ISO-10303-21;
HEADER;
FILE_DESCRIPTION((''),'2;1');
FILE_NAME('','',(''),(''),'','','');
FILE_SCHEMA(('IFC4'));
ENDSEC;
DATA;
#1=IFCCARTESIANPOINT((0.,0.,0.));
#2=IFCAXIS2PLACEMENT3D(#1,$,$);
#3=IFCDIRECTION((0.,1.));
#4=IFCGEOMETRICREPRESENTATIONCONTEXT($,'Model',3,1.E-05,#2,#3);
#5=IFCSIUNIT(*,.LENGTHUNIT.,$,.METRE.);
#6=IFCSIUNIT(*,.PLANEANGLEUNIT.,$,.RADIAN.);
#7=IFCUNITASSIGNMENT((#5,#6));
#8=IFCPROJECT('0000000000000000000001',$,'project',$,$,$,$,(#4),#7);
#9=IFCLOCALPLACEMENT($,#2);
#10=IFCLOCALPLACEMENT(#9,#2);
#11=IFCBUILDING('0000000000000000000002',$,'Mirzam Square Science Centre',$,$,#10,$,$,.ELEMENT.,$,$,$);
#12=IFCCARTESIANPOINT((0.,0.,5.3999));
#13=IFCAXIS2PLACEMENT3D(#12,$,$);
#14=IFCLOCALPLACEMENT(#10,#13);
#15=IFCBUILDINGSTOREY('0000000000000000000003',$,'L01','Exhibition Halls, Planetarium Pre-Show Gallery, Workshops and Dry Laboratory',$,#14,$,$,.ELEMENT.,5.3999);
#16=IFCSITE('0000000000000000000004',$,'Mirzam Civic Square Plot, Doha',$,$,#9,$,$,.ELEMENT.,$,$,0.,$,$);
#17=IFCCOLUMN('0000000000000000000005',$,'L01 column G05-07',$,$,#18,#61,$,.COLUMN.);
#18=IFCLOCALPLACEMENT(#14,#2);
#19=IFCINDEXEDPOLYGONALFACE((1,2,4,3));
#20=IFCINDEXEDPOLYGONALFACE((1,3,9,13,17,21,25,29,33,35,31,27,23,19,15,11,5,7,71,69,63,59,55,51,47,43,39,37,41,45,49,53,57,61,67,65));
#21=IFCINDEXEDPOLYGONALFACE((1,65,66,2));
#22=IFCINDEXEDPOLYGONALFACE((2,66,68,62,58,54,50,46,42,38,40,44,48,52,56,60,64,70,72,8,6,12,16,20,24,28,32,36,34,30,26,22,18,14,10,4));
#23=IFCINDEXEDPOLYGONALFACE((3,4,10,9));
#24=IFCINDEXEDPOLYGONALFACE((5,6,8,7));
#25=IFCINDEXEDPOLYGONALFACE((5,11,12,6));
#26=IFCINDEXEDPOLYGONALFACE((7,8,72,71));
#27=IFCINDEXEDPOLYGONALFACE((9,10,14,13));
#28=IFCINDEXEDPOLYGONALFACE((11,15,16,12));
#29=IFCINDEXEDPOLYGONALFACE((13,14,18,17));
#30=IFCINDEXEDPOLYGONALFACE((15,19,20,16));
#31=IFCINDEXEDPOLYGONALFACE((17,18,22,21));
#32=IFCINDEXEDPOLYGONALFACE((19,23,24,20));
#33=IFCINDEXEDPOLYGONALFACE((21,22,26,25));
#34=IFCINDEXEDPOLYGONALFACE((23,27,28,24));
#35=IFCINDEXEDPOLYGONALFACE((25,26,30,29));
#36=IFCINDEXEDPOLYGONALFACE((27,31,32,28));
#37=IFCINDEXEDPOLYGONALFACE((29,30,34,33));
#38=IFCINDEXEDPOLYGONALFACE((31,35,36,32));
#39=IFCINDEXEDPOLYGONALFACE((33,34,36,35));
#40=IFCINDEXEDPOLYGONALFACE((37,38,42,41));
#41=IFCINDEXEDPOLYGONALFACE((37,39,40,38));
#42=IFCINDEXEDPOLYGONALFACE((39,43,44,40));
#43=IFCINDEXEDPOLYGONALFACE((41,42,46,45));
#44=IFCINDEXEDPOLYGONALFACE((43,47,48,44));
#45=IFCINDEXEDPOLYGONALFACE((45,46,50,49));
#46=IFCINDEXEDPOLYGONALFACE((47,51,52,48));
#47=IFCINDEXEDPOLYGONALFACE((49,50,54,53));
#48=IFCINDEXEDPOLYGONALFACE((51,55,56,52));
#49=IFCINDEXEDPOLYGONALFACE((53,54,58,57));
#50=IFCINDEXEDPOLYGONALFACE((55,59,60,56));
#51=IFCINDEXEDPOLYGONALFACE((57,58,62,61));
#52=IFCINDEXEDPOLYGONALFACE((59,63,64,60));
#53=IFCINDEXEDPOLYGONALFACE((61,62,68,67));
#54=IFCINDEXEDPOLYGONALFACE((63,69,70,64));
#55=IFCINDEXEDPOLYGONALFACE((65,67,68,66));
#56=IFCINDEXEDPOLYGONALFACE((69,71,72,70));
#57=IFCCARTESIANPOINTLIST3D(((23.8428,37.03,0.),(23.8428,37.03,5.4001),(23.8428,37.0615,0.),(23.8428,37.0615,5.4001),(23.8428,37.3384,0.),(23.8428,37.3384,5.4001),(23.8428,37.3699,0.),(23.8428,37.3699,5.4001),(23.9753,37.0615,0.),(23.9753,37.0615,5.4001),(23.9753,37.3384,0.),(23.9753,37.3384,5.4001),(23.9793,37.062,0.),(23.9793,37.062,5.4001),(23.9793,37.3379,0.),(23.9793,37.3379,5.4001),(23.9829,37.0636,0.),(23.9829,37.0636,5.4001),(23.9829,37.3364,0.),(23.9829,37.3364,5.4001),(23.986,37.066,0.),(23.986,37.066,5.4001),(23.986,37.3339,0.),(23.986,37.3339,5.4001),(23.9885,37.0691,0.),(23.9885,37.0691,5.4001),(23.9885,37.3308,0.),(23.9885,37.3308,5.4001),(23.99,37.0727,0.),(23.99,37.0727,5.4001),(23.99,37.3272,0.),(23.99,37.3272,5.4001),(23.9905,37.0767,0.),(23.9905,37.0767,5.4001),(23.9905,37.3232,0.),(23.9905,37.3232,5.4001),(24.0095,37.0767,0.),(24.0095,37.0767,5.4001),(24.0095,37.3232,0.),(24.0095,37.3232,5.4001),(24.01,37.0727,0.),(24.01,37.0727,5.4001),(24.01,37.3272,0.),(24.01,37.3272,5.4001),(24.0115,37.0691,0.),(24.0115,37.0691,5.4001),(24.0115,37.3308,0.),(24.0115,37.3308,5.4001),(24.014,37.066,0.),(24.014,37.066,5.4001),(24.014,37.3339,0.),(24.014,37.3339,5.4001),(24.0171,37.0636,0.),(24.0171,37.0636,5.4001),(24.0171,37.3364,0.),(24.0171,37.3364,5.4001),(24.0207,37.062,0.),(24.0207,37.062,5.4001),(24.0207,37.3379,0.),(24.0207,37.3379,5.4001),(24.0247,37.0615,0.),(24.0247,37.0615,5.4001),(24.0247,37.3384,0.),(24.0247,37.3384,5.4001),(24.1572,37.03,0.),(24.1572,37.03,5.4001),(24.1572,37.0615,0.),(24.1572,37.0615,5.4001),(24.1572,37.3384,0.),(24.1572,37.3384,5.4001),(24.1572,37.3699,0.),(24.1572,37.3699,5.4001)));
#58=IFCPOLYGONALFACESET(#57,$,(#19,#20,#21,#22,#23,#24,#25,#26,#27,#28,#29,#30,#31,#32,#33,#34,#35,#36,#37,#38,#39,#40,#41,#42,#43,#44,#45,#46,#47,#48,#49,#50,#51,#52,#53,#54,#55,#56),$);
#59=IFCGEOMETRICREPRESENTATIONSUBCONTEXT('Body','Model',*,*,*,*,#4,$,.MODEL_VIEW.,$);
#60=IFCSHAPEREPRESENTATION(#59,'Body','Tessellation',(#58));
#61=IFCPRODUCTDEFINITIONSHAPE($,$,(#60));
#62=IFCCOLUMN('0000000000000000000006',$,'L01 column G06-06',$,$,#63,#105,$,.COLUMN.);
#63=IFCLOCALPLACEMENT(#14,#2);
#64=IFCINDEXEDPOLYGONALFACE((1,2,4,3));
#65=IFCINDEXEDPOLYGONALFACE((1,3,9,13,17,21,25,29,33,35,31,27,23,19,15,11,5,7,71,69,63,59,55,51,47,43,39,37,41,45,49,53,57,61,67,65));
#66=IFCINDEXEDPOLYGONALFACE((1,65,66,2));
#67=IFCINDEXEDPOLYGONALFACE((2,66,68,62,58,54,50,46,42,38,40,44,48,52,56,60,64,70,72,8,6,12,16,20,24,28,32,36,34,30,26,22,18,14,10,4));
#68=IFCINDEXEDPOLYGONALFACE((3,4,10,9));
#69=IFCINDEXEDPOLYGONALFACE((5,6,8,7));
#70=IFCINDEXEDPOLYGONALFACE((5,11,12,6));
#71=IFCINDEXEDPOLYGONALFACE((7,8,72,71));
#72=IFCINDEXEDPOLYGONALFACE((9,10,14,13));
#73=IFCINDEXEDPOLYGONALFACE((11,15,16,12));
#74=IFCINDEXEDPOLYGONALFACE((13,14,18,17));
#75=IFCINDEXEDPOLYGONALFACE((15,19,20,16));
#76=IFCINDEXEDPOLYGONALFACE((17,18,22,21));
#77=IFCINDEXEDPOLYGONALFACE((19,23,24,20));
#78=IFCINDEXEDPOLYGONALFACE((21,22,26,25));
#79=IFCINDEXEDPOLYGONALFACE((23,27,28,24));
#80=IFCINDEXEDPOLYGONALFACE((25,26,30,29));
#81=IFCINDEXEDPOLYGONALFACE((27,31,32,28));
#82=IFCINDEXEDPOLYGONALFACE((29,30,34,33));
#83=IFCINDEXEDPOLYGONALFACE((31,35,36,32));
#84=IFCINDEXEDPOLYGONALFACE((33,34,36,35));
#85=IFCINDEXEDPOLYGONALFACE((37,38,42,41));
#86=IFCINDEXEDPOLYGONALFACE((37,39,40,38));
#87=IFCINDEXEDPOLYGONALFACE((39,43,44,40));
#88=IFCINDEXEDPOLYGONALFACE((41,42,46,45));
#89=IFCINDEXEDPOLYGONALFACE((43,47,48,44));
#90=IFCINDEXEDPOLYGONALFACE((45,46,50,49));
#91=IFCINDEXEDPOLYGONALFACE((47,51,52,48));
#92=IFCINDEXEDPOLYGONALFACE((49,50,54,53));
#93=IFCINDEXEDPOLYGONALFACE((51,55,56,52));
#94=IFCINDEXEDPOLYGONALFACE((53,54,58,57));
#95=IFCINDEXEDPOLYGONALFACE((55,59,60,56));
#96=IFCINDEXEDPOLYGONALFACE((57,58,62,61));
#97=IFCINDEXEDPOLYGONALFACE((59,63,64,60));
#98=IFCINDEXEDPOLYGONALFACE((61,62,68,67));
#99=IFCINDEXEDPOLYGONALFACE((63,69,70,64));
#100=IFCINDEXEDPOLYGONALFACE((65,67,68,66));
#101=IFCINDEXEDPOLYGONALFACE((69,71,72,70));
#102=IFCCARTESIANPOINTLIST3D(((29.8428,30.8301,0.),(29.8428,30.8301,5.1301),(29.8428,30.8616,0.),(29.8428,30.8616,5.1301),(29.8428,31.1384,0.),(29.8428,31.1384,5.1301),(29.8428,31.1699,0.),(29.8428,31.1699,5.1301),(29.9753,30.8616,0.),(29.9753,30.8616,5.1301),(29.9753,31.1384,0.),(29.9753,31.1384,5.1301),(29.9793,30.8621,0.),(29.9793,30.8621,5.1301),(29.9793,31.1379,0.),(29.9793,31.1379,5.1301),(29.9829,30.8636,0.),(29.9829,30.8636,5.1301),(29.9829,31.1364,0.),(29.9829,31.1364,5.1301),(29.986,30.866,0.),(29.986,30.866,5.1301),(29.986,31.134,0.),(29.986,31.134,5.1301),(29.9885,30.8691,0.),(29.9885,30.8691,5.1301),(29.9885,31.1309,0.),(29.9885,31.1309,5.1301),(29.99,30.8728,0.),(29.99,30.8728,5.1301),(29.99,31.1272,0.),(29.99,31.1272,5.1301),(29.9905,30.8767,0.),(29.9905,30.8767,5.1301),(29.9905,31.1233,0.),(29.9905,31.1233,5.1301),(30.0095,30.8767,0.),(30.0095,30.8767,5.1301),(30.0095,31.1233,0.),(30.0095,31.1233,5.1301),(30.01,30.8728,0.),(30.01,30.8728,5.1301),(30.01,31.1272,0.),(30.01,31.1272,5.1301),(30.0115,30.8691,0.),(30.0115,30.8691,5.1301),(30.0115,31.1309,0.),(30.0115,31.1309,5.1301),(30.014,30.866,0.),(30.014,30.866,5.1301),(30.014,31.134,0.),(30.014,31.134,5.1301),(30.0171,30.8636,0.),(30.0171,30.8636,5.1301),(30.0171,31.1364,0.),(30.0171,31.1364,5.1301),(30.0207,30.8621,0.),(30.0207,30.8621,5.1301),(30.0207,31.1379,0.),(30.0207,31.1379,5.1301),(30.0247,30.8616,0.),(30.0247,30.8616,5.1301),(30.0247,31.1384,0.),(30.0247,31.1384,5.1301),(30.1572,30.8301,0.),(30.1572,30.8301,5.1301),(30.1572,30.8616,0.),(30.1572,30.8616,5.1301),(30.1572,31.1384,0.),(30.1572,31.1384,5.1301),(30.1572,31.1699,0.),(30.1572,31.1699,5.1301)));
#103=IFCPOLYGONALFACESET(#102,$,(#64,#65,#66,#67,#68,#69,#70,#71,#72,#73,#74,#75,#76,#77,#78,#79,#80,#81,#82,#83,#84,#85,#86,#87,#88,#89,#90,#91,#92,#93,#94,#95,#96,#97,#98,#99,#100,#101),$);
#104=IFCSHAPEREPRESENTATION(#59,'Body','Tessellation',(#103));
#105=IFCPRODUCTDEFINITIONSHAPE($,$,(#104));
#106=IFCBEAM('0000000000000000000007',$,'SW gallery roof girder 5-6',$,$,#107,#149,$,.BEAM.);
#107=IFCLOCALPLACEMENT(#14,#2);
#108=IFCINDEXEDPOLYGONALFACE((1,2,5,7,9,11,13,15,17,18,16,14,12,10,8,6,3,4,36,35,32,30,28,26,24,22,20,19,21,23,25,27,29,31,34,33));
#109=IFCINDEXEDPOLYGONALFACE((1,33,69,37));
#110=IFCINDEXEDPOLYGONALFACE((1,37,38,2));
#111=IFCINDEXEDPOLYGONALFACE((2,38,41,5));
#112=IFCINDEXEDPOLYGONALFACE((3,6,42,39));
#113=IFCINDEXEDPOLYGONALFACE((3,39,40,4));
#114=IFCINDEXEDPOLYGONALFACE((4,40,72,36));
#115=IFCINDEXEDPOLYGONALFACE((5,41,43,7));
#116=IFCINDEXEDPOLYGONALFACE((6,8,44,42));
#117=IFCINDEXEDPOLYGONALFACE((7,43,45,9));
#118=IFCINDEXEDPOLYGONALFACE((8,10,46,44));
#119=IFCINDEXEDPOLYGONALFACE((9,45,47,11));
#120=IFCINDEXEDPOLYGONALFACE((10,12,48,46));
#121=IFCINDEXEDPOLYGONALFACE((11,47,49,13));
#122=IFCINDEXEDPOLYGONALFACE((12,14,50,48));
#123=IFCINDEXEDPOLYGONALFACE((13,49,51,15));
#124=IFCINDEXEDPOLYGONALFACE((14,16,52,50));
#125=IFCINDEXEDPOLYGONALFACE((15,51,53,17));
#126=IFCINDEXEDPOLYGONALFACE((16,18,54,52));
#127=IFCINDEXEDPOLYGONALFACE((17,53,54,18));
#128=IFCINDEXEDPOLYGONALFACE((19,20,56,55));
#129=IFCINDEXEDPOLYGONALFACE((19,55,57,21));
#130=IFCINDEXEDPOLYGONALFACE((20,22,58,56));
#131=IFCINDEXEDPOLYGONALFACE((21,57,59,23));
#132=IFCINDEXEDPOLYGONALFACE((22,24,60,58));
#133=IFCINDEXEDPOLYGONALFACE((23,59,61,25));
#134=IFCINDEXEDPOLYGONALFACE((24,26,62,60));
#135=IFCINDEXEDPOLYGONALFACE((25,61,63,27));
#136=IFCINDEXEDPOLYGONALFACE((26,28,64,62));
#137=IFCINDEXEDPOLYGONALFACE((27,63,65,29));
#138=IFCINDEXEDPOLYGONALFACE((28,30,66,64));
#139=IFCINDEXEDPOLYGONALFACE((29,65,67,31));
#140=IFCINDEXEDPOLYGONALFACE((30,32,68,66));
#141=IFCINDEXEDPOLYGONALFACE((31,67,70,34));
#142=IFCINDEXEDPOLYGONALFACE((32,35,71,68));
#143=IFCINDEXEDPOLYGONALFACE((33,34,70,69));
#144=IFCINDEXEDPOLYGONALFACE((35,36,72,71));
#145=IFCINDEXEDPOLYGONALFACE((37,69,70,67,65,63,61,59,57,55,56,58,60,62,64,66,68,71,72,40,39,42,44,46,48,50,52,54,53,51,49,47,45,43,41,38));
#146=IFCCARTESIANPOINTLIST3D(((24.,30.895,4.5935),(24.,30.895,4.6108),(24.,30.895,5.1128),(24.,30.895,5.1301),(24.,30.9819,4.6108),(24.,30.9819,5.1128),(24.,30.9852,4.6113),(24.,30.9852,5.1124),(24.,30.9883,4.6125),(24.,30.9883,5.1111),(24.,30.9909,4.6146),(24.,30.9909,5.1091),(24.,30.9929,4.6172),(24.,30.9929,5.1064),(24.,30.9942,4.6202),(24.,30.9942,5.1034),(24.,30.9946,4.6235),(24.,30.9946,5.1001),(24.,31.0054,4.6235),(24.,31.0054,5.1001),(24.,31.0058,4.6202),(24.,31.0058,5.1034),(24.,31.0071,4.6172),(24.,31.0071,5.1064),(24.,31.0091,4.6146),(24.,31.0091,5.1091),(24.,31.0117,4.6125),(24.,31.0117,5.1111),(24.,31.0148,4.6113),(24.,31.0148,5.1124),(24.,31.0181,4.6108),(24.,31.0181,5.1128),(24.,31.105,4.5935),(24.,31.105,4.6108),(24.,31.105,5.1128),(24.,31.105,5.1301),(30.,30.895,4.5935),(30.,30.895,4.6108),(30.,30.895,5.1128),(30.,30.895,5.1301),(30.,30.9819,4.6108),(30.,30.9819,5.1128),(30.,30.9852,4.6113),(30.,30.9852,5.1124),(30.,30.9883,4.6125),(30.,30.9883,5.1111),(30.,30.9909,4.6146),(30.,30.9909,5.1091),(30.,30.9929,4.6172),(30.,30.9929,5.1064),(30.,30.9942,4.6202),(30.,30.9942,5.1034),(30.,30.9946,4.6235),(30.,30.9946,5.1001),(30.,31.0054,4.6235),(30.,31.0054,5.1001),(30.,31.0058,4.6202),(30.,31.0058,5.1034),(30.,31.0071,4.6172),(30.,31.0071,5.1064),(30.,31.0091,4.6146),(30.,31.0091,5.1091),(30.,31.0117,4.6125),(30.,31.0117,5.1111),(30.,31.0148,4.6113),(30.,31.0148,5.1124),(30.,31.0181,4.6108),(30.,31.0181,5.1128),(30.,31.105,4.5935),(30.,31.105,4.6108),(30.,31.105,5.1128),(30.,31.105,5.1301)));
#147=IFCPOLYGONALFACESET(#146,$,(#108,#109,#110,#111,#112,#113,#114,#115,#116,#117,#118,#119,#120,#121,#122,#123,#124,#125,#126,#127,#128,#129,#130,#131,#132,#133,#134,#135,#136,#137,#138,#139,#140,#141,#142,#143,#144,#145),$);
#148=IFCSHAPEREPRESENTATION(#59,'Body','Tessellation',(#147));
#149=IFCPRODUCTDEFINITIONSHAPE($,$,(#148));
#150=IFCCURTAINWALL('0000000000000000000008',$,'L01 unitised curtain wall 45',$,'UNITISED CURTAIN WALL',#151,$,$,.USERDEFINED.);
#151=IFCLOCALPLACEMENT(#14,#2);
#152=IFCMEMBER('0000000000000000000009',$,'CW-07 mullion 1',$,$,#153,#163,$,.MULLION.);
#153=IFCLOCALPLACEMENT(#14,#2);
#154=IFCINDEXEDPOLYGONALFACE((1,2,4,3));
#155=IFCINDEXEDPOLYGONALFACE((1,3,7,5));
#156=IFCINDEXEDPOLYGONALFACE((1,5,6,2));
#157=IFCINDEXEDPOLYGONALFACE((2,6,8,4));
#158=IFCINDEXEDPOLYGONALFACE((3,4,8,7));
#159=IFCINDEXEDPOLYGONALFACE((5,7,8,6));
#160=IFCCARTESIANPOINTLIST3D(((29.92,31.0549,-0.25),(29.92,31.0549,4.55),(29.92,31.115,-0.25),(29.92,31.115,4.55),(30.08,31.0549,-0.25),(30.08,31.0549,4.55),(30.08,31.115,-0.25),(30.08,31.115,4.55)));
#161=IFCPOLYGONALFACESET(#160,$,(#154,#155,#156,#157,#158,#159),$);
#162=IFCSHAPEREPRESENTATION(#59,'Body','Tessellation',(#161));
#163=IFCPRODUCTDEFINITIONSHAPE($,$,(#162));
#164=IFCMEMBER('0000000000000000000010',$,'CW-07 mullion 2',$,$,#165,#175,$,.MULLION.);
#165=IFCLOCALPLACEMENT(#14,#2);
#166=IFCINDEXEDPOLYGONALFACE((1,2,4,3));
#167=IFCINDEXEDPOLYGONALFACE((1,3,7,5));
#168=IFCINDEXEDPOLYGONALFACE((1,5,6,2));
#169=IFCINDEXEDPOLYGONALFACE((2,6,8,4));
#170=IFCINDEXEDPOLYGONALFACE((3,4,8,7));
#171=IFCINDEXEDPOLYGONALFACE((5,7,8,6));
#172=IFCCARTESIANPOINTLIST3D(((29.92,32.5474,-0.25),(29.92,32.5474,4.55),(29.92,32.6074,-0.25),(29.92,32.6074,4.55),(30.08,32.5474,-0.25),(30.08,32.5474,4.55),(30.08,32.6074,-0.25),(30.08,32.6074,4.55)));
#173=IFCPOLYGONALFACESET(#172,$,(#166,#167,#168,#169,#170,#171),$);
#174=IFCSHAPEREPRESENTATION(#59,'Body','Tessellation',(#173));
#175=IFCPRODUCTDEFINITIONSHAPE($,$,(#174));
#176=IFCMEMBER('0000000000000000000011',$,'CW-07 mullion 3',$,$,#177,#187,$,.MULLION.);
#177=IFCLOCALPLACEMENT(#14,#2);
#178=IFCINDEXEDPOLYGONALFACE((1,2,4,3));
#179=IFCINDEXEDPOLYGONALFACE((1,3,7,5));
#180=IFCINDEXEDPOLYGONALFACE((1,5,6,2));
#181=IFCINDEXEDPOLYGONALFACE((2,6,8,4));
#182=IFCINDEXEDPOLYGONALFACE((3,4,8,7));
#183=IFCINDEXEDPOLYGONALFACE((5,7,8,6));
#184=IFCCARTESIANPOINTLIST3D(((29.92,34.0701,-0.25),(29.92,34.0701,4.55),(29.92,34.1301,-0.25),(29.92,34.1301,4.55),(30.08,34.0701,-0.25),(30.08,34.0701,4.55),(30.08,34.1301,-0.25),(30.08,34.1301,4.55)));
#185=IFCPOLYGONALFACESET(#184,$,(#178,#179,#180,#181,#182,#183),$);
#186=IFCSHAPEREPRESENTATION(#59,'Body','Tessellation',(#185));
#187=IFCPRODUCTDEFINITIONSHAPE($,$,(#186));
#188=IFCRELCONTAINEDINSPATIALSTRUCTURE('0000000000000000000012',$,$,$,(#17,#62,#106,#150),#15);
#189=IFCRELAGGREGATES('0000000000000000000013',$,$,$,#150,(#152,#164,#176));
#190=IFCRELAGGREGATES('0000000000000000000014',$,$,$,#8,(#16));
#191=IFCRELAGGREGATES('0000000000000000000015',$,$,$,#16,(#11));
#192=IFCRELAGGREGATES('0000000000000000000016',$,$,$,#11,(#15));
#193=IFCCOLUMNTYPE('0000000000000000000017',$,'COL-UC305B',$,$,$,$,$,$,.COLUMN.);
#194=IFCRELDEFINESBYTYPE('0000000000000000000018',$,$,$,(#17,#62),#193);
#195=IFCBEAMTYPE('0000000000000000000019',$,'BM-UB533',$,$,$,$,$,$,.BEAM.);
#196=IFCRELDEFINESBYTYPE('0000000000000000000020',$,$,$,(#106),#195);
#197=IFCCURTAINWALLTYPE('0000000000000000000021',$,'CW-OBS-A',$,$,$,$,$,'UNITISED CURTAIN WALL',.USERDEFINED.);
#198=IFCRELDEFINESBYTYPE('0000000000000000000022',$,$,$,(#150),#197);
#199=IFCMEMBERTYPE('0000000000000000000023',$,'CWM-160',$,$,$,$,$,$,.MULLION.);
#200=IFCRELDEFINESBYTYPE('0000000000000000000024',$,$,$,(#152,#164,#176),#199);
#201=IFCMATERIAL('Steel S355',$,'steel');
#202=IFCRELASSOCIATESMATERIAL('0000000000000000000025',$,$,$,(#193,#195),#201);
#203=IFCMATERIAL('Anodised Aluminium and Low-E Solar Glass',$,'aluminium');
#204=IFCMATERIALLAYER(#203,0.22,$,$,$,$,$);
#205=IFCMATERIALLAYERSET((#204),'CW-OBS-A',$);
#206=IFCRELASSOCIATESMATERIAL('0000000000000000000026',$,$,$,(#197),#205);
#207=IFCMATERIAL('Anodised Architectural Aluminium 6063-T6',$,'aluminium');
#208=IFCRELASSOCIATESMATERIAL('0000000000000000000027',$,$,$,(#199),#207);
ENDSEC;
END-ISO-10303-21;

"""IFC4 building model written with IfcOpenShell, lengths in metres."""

from ifc_helpers import new_model, si_unit, direction, frame, origin, origin_2d, place, context, subcontext, project, spatial, rectangle, i_section, extrude, material, layer, layer_set, material_profile, profile_set, type_object, element, aggregate, save


model = new_model("IFC4")

# Units and contexts
model_context = context("Model", 3, precision=1e-05, world=origin(), true_north=direction((0.0, 1.0)))
body_context = subcontext(model_context, "Body", "Model", "MODEL_VIEW")
ifc_project = project(units=[si_unit("LENGTHUNIT", "METRE"), si_unit("PLANEANGLEUNIT", "RADIAN")], contexts=[model_context])

# Site, building, storey
site_placement = place(None, origin())
site = spatial("IfcSite", under=ifc_project, at=site_placement, Name="Mirzam Civic Square Plot, Doha", CompositionType="ELEMENT", RefElevation=0.0)
building_placement = place(site_placement, origin())
building = spatial("IfcBuilding", under=site, at=building_placement, Name="Mirzam Square Science Centre", CompositionType="ELEMENT")
storey_placement = place(building_placement, frame((0.0, 0.0, 5.3999)))
storey = spatial("IfcBuildingStorey", under=building, at=storey_placement, Name="L01", Description="Exhibition Halls, Planetarium Pre-Show Gallery, Workshops and Dry Laboratory", CompositionType="ELEMENT", Elevation=5.3999)

# Columns
ifc_material_1 = material(Name="Steel S355", Category="steel")
ifc_material_profile_1 = material_profile(ifc_material_1, i_section(OverallWidth=0.3145, OverallDepth=0.3398, WebThickness=0.019, FlangeThickness=0.0315, FilletRadius=0.0151, at=origin_2d()), Name="305x305x198UC")
ifc_profile_set_1 = profile_set([ifc_material_profile_1], Name="Steel S355")
column_type = type_object("IfcColumnType", Name="COL-UC305B", PredefinedType="COLUMN", material=ifc_profile_set_1)
column_1_placement = place(storey_placement, frame((24.0, 37.2, 0.0), z_axis=(0.0, 0.0, 1.0), x_axis=(1.0, 0.0, 0.0)))
element("IfcColumn", 1, at=column_1_placement, inside=storey, type_object=column_type, Name="L01 column G05-07", PredefinedType="COLUMN", context=body_context, shape_type="SweptSolid", body=[
    extrude(i_section(OverallWidth=0.3145, OverallDepth=0.3398, WebThickness=0.019, FlangeThickness=0.0315, FilletRadius=0.0151, at=origin_2d()), origin(), (0.0, 0.0, 1.0), 5.4001),
])
column_2_placement = place(storey_placement, frame((30.0, 31.0, 0.0), z_axis=(0.0, 0.0, 1.0), x_axis=(1.0, 0.0, 0.0)))
element("IfcColumn", 2, at=column_2_placement, inside=storey, type_object=column_type, Name="L01 column G06-06", PredefinedType="COLUMN", context=body_context, shape_type="SweptSolid", body=[
    extrude(i_section(OverallWidth=0.3145, OverallDepth=0.3398, WebThickness=0.019, FlangeThickness=0.0315, FilletRadius=0.0151, at=origin_2d()), origin(), (0.0, 0.0, 1.0), 5.1301),
])

# Beam
ifc_material_profile_2 = material_profile(ifc_material_1, i_section(OverallWidth=0.21, OverallDepth=0.5366, WebThickness=0.0107, FlangeThickness=0.0173, FilletRadius=0.0127, at=origin_2d()), Name="533x210x101UB")
ifc_profile_set_2 = profile_set([ifc_material_profile_2], Name="Steel S355")
beam_type_1 = type_object("IfcBeamType", Name="BM-UB533", PredefinedType="BEAM", material=ifc_profile_set_2)
beam_1_placement = place(storey_placement, frame((24.0, 31.0, 4.8618), z_axis=(1.0, 0.0, 0.0), x_axis=(0.0, 1.0, 0.0)))
element("IfcBeam", 3, at=beam_1_placement, inside=storey, type_object=beam_type_1, Name="SW gallery roof girder 5-6", PredefinedType="BEAM", context=body_context, shape_type="SweptSolid", body=[
    extrude(i_section(OverallWidth=0.21, OverallDepth=0.5366, WebThickness=0.0107, FlangeThickness=0.0173, FilletRadius=0.0127, at=origin_2d()), origin(), (0.0, 0.0, 1.0), 6.0),
])

# Curtain wall, members
ifc_material_2 = material(Name="Anodised Aluminium and Low-E Solar Glass", Category="aluminium")
ifc_layer_1 = layer(ifc_material_2, 0.22)
ifc_layer_set_1 = layer_set([ifc_layer_1], Name="CW-OBS-A")
curtain_wall_type_1 = type_object("IfcCurtainWallType", Name="CW-OBS-A", ElementType="UNITISED CURTAIN WALL", PredefinedType="USERDEFINED", material=ifc_layer_set_1)
curtain_wall_1_placement = place(storey_placement, origin())
curtain_wall_1 = element("IfcCurtainWall", 4, at=curtain_wall_1_placement, inside=storey, type_object=curtain_wall_type_1, Name="L01 unitised curtain wall 45", ObjectType="UNITISED CURTAIN WALL", PredefinedType="USERDEFINED")
ifc_material_3 = material(Name="Anodised Architectural Aluminium 6063-T6", Category="aluminium")
ifc_material_profile_3 = material_profile(ifc_material_3, rectangle(XDim=0.0601, YDim=0.1599, at=origin_2d()), Name="ALU-MULL-160x60x4")
ifc_profile_set_3 = profile_set([ifc_material_profile_3], Name="Anodised Architectural Aluminium 6063-T6")
member_type_1 = type_object("IfcMemberType", Name="CWM-160", PredefinedType="MULLION", material=ifc_profile_set_3)
member_1_placement = place(storey_placement, frame((30.0, 31.085, -0.25), z_axis=(0.0, 0.0, 1.0), x_axis=(0.0, 1.0, 0.0)))
member_1 = element("IfcMember", 5, at=member_1_placement, type_object=member_type_1, Name="CW-07 mullion 1", PredefinedType="MULLION", context=body_context, shape_type="SweptSolid", body=[
    extrude(rectangle(XDim=0.0601, YDim=0.1599, at=origin_2d()), origin(), (0.0, 0.0, 1.0), 4.8),
])
member_2_placement = place(storey_placement, frame((30.0, 32.5774, -0.25), z_axis=(0.0, 0.0, 1.0), x_axis=(0.0, 1.0, 0.0)))
member_2 = element("IfcMember", 6, at=member_2_placement, type_object=member_type_1, Name="CW-07 mullion 2", PredefinedType="MULLION", context=body_context, shape_type="SweptSolid", body=[
    extrude(rectangle(XDim=0.0601, YDim=0.1599, at=origin_2d()), origin(), (0.0, 0.0, 1.0), 4.8),
])
member_3_placement = place(storey_placement, frame((30.0, 34.1001, -0.25), z_axis=(0.0, 0.0, 1.0), x_axis=(0.0, 1.0, 0.0)))
member_3 = element("IfcMember", 7, at=member_3_placement, type_object=member_type_1, Name="CW-07 mullion 3", PredefinedType="MULLION", context=body_context, shape_type="SweptSolid", body=[
    extrude(rectangle(XDim=0.0601, YDim=0.1599, at=origin_2d()), origin(), (0.0, 0.0, 1.0), 4.8),
])
aggregate(curtain_wall_1, [member_1, member_2, member_3])

save(model, "model.ifc")
